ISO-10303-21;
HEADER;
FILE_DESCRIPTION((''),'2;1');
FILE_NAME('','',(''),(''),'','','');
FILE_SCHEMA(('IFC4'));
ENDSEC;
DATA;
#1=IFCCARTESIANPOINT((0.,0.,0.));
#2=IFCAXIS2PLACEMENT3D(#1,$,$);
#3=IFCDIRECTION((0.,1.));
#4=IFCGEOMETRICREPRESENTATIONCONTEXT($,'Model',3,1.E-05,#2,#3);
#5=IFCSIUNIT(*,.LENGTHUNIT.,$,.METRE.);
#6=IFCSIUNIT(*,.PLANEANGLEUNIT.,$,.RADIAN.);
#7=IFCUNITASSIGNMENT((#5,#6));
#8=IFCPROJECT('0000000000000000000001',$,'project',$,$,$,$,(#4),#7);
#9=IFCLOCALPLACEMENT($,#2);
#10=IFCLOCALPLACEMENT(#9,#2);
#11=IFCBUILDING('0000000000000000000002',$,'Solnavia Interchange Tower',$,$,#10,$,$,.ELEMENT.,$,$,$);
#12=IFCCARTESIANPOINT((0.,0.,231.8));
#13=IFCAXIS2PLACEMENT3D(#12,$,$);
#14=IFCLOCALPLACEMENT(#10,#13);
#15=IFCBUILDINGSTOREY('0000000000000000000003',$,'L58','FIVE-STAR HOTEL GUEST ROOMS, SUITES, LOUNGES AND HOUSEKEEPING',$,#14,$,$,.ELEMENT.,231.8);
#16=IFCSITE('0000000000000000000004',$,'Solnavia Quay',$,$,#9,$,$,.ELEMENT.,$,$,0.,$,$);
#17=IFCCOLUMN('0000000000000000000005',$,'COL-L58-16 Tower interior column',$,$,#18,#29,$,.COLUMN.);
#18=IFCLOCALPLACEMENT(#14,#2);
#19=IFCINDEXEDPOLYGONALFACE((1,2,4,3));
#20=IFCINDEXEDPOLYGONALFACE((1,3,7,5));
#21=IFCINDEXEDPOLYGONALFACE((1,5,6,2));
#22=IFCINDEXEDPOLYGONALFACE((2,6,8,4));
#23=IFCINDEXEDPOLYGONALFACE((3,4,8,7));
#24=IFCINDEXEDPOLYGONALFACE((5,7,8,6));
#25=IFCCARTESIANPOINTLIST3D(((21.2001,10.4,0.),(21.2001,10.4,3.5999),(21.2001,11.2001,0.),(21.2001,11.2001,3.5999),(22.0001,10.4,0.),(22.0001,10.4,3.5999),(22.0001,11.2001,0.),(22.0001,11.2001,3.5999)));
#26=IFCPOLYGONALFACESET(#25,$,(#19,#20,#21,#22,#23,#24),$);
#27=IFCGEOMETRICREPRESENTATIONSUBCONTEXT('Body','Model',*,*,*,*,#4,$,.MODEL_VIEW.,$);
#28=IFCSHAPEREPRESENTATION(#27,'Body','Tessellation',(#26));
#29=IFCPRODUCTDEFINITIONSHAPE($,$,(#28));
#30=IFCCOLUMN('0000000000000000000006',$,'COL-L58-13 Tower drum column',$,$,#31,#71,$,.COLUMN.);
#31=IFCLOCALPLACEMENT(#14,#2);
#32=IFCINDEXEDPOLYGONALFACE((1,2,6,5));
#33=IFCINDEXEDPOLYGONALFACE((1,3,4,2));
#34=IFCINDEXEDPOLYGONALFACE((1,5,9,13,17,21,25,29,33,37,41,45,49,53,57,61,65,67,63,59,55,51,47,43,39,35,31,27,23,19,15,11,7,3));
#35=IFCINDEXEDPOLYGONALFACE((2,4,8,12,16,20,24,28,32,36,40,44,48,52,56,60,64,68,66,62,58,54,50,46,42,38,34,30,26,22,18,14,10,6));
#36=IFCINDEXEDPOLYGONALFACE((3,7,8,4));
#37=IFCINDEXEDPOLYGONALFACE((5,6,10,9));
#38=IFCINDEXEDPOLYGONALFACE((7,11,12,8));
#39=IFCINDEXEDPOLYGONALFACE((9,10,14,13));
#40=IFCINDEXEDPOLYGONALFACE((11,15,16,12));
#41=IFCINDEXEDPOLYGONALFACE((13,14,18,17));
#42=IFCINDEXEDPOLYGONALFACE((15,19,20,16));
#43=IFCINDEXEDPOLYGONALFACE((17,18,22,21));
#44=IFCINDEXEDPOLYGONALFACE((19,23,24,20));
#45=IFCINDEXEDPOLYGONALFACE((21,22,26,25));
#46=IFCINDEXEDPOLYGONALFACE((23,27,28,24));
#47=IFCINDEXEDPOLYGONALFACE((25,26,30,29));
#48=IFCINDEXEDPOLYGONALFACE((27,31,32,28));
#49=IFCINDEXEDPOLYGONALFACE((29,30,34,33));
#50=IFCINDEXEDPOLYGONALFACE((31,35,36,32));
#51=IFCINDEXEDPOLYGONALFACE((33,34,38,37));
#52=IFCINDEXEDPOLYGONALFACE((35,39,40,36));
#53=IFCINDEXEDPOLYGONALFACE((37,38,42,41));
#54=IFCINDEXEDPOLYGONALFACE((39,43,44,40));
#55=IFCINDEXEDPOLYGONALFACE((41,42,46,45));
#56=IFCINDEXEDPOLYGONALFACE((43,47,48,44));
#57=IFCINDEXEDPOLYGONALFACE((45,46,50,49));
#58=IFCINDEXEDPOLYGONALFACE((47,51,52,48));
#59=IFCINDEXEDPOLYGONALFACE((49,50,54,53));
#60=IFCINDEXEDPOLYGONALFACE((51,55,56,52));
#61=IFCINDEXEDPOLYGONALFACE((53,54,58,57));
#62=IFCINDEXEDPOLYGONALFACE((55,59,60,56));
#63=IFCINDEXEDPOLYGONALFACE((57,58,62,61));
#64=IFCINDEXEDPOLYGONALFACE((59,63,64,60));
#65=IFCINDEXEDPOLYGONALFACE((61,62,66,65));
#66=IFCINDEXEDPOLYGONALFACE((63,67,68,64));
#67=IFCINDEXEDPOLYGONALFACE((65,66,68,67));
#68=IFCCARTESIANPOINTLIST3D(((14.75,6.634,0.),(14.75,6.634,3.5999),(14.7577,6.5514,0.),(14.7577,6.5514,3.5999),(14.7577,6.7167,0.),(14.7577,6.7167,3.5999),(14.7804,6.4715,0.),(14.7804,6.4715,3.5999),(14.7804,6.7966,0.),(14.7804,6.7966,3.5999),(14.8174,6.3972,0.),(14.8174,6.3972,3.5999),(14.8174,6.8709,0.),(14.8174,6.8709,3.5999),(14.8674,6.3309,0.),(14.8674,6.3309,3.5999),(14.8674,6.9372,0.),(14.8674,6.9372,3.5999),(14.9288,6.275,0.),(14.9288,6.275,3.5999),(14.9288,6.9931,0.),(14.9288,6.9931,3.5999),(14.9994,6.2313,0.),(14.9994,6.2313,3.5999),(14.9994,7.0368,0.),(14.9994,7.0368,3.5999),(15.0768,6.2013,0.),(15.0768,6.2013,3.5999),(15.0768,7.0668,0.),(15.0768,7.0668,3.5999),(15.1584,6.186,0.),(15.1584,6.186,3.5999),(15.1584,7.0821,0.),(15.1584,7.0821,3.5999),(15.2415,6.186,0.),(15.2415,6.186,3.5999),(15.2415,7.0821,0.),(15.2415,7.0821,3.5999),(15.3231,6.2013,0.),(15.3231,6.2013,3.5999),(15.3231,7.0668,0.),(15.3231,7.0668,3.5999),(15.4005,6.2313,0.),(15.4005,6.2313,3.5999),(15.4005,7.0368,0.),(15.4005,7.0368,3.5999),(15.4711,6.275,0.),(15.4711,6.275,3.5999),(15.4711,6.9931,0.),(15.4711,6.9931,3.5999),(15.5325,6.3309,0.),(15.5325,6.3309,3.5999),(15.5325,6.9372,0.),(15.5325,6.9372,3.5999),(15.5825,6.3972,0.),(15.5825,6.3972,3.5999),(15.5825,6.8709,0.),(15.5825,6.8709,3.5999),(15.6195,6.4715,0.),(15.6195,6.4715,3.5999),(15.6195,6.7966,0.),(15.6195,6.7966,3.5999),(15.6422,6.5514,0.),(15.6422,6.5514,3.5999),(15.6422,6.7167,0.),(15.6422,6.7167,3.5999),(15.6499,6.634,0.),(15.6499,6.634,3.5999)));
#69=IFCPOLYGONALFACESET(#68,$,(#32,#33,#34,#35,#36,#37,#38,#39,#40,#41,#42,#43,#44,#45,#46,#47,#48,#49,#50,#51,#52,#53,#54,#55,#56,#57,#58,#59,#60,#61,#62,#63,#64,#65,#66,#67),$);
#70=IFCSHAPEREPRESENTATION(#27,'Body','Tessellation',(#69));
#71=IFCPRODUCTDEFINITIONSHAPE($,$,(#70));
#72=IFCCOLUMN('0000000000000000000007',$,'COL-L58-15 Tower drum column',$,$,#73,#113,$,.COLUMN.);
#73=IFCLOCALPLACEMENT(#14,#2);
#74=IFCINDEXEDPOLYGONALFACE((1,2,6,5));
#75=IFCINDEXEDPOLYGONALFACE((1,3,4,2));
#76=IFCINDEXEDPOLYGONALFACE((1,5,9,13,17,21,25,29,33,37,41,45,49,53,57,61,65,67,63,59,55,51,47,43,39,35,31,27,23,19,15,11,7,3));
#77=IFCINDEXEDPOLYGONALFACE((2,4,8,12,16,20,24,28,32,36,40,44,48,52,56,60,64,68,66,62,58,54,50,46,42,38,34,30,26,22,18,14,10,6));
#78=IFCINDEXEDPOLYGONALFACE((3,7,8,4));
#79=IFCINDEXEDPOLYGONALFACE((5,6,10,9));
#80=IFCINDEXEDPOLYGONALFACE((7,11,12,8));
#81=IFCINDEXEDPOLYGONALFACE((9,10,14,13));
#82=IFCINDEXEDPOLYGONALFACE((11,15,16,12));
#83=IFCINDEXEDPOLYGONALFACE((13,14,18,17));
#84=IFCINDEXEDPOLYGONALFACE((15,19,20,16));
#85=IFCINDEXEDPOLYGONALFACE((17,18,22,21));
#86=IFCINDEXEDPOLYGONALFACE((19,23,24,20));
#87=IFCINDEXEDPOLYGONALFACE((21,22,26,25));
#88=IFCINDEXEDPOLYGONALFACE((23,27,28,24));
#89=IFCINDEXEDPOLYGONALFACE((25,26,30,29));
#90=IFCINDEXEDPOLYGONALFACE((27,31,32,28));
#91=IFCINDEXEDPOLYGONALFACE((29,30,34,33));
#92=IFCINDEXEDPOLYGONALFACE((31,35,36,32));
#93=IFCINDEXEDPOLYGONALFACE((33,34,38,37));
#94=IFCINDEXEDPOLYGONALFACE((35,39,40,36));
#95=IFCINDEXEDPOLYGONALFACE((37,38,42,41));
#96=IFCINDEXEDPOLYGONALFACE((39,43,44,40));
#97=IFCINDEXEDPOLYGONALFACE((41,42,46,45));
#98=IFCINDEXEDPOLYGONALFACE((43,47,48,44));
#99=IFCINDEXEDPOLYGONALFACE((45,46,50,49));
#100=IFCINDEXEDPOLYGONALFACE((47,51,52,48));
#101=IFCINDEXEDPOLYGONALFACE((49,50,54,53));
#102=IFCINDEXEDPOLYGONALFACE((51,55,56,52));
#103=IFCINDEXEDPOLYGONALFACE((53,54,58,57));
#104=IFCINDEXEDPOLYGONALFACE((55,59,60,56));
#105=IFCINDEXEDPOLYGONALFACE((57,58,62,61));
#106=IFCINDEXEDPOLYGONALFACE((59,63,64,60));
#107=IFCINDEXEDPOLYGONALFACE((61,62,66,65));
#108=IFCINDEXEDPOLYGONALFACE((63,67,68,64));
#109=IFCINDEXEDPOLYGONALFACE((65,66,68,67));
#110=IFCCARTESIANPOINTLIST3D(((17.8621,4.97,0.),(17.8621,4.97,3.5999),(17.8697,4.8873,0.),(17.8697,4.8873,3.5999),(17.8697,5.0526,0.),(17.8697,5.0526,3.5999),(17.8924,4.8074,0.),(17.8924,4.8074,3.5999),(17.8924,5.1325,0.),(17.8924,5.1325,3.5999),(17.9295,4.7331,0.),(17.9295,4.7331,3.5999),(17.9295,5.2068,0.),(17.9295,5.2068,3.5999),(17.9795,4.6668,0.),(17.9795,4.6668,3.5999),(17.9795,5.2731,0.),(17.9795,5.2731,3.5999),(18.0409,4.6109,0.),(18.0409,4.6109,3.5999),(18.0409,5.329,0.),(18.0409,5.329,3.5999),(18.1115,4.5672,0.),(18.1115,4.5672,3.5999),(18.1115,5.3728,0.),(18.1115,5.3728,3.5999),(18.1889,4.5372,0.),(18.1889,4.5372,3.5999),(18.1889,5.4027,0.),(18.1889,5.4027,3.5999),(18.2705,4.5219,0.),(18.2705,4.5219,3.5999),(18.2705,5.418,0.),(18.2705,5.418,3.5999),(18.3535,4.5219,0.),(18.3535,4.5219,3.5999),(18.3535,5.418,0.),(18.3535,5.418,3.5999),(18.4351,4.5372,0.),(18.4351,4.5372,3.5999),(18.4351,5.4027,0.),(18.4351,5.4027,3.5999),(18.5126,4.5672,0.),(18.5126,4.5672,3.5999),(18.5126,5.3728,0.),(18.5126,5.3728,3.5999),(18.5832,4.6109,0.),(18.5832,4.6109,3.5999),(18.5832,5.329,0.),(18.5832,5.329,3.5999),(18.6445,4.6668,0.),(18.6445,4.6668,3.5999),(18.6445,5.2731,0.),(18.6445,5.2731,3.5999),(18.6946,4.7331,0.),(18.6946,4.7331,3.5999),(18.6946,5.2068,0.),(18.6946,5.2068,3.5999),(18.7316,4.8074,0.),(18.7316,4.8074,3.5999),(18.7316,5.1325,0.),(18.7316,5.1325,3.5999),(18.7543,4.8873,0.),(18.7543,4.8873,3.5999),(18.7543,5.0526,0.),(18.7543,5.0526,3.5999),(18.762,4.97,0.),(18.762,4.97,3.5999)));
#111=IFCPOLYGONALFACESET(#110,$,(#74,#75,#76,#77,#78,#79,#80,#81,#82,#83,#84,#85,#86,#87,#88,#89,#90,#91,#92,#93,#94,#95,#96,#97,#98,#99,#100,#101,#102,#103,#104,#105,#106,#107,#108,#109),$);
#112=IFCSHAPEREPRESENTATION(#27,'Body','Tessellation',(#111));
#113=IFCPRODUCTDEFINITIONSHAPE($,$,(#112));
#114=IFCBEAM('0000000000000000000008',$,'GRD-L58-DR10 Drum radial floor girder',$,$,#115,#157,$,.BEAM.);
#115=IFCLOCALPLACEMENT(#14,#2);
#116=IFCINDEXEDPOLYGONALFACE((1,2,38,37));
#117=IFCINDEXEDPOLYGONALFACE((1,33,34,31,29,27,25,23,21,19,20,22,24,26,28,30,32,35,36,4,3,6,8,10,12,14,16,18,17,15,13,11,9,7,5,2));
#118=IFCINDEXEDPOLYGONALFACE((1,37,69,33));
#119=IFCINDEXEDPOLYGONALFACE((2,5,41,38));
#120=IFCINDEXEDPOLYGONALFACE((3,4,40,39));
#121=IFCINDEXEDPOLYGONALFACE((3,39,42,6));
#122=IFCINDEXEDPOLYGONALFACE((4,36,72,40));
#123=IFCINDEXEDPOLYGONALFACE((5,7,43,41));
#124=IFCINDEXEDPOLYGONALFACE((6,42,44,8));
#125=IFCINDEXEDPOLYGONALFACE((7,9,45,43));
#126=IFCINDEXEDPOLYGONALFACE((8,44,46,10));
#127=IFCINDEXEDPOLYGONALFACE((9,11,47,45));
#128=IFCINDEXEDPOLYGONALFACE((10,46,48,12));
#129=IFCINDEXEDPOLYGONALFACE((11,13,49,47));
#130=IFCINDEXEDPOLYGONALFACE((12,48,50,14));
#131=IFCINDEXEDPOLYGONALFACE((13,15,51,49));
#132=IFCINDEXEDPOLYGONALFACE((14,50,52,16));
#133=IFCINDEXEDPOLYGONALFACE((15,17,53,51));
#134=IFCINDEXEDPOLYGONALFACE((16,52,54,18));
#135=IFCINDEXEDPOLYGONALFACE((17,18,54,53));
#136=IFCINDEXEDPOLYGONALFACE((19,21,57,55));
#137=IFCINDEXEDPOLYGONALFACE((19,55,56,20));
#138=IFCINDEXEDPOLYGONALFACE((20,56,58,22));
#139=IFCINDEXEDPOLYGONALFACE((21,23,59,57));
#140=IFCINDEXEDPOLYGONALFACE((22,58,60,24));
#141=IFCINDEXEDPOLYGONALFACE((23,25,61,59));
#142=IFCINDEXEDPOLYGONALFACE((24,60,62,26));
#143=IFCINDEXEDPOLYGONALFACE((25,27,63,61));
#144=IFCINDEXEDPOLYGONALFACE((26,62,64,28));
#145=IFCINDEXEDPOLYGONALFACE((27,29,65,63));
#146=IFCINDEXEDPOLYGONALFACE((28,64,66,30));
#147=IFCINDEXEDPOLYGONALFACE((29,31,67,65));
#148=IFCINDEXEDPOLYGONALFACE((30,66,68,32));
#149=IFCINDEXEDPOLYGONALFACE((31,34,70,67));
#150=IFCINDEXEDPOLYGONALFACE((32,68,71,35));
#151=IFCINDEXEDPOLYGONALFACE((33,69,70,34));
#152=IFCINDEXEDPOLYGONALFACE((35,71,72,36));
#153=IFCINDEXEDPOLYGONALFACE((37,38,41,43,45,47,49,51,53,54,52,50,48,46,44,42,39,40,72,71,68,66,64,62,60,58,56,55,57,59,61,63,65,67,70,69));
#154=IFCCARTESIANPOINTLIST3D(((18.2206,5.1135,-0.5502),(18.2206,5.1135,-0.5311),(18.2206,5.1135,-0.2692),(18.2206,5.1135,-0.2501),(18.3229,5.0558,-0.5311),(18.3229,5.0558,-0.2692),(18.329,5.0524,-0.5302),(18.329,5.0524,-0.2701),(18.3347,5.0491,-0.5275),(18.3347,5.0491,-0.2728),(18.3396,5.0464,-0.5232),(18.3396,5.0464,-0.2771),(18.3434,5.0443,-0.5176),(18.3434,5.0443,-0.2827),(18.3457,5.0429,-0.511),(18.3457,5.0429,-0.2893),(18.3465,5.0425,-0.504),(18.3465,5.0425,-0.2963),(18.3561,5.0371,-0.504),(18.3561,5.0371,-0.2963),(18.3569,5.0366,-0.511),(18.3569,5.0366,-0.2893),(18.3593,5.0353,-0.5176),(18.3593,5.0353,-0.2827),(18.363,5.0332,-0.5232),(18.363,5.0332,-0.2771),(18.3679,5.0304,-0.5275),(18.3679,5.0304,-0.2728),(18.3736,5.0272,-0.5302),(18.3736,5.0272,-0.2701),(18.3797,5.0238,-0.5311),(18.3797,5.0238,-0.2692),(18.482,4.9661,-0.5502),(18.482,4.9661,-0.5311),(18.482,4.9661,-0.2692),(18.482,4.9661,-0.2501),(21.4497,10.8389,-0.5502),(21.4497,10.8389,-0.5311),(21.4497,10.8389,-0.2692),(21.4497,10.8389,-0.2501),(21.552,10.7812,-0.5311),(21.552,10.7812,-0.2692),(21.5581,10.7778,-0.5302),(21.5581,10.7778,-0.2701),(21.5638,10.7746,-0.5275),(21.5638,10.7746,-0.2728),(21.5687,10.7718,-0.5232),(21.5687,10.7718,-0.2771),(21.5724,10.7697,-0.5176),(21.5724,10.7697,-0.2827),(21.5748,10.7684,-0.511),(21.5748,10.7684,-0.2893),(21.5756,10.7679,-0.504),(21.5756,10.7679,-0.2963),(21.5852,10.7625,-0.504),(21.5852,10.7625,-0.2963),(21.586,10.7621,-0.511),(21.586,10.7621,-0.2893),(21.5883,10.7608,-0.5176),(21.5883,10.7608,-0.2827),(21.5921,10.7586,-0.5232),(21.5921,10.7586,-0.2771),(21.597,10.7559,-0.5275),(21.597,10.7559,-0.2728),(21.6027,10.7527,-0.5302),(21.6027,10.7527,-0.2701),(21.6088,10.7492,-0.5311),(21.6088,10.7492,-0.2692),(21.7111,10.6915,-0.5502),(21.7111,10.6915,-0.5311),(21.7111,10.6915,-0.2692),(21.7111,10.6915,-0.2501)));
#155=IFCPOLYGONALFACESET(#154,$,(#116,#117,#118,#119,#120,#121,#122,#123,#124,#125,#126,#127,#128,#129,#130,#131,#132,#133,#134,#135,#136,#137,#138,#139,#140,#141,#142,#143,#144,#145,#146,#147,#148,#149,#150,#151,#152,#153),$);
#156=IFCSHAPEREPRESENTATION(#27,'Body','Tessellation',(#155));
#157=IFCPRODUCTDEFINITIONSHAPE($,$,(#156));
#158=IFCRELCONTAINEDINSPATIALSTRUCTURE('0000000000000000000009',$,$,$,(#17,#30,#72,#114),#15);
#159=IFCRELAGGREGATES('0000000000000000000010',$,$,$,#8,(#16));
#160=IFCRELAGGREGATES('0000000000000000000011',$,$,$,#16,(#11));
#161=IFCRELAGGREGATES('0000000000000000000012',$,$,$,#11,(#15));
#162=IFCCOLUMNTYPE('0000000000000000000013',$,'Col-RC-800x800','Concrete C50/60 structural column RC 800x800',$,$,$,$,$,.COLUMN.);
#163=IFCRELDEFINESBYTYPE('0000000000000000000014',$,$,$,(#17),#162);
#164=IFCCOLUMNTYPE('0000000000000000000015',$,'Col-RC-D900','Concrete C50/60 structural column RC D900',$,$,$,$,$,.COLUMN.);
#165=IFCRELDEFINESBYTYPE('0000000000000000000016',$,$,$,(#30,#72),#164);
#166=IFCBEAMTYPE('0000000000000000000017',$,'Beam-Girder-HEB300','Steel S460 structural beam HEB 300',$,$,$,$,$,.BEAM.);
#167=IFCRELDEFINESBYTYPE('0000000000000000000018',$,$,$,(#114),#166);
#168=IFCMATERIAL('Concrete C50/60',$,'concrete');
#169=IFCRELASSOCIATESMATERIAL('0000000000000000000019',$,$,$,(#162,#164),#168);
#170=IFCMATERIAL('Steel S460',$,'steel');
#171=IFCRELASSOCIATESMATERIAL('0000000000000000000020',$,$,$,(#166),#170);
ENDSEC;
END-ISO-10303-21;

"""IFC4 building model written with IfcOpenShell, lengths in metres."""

from ifc_helpers import new_model, si_unit, direction, frame, origin, origin_2d, place, context, subcontext, project, spatial, rectangle, circle, i_section, extrude, material, material_profile, profile_set, type_object, element, save


model = new_model("IFC4")

# Units and contexts
model_context = context("Model", 3, precision=1e-05, world=origin(), true_north=direction((0.0, 1.0)))
body_context = subcontext(model_context, "Body", "Model", "MODEL_VIEW")
ifc_project = project(units=[si_unit("LENGTHUNIT", "METRE"), si_unit("PLANEANGLEUNIT", "RADIAN")], contexts=[model_context])

# Site, building, storey
site_placement = place(None, origin())
site = spatial("IfcSite", under=ifc_project, at=site_placement, Name="Solnavia Quay", CompositionType="ELEMENT", RefElevation=0.0)
building_placement = place(site_placement, origin())
building = spatial("IfcBuilding", under=site, at=building_placement, Name="Solnavia Interchange Tower", CompositionType="ELEMENT")
storey_placement = place(building_placement, frame((0.0, 0.0, 231.8)))
storey = spatial("IfcBuildingStorey", under=building, at=storey_placement, Name="L58", Description="FIVE-STAR HOTEL GUEST ROOMS, SUITES, LOUNGES AND HOUSEKEEPING", CompositionType="ELEMENT", Elevation=231.8)

# Columns
ifc_material_1 = material(Name="Concrete C50/60", Category="concrete")
ifc_material_profile_1 = material_profile(ifc_material_1, rectangle(XDim=0.8, YDim=0.8, at=origin_2d()), Name="RC 800x800")
ifc_profile_set_1 = profile_set([ifc_material_profile_1], Name="Concrete C50/60")
column_type_1 = type_object("IfcColumnType", Name="Col-RC-800x800", Description="Concrete C50/60 structural column RC 800x800", PredefinedType="COLUMN", material=ifc_profile_set_1)
column_placement = place(storey_placement, frame((21.6001, 10.8, 0.0), z_axis=(0.0, 0.0, 1.0), x_axis=(1.0, 0.0, 0.0)))
element("IfcColumn", 1, at=column_placement, inside=storey, type_object=column_type_1, Name="COL-L58-16 Tower interior column", PredefinedType="COLUMN", context=body_context, shape_type="SweptSolid", body=[
    extrude(rectangle(XDim=0.8, YDim=0.8, at=origin_2d()), origin(), (0.0, 0.0, 1.0), 3.5999),
])
ifc_material_profile_2 = material_profile(ifc_material_1, circle(Radius=0.45, at=origin_2d()), Name="RC D900")
ifc_profile_set_2 = profile_set([ifc_material_profile_2], Name="Concrete C50/60")
column_type_2 = type_object("IfcColumnType", Name="Col-RC-D900", Description="Concrete C50/60 structural column RC D900", PredefinedType="COLUMN", material=ifc_profile_set_2)
for number, where, z_axis, x_axis, name in (
    (2, (15.2, 6.634, 0.0), (0.0, 0.0, 1.0), (1.0, 0.0, 0.0), "COL-L58-13 Tower drum column"),
    (3, (18.312, 4.97, 0.0), (0.0, 0.0, 1.0), (1.0, 0.0, 0.0), "COL-L58-15 Tower drum column"),
):
    element("IfcColumn", number, at=place(storey_placement, frame(where, z_axis=z_axis, x_axis=x_axis)), inside=storey, type_object=column_type_2, Name=name, PredefinedType="COLUMN", context=body_context, shape_type="SweptSolid", body=[
        extrude(circle(Radius=0.45, at=origin_2d()), origin(), (0.0, 0.0, 1.0), 3.5999),
    ])

# Beam
ifc_material_2 = material(Name="Steel S460", Category="steel")
ifc_material_profile_3 = material_profile(ifc_material_2, i_section(OverallWidth=0.3, OverallDepth=0.3, WebThickness=0.011, FlangeThickness=0.019, FilletRadius=0.0271, at=origin_2d()), Name="HEB 300")
ifc_profile_set_3 = profile_set([ifc_material_profile_3], Name="Steel S460")
beam_type_1 = type_object("IfcBeamType", Name="Beam-Girder-HEB300", Description="Steel S460 structural beam HEB 300", PredefinedType="BEAM", material=ifc_profile_set_3)
beam_1_placement = place(storey_placement, frame((18.3513, 5.0398, -0.4001), z_axis=(0.491243, 0.871022, 0.0), x_axis=(-0.871022, 0.491243, 0.0)))
element("IfcBeam", 4, at=beam_1_placement, inside=storey, type_object=beam_type_1, Name="GRD-L58-DR10 Drum radial floor girder", PredefinedType="BEAM", context=body_context, shape_type="SweptSolid", body=[
    extrude(i_section(OverallWidth=0.3, OverallDepth=0.3, WebThickness=0.011, FlangeThickness=0.019, FilletRadius=0.0271, at=origin_2d()), origin(), (0.0, 0.0, 1.0), 6.5732),
])

save(model, "model.ifc")
